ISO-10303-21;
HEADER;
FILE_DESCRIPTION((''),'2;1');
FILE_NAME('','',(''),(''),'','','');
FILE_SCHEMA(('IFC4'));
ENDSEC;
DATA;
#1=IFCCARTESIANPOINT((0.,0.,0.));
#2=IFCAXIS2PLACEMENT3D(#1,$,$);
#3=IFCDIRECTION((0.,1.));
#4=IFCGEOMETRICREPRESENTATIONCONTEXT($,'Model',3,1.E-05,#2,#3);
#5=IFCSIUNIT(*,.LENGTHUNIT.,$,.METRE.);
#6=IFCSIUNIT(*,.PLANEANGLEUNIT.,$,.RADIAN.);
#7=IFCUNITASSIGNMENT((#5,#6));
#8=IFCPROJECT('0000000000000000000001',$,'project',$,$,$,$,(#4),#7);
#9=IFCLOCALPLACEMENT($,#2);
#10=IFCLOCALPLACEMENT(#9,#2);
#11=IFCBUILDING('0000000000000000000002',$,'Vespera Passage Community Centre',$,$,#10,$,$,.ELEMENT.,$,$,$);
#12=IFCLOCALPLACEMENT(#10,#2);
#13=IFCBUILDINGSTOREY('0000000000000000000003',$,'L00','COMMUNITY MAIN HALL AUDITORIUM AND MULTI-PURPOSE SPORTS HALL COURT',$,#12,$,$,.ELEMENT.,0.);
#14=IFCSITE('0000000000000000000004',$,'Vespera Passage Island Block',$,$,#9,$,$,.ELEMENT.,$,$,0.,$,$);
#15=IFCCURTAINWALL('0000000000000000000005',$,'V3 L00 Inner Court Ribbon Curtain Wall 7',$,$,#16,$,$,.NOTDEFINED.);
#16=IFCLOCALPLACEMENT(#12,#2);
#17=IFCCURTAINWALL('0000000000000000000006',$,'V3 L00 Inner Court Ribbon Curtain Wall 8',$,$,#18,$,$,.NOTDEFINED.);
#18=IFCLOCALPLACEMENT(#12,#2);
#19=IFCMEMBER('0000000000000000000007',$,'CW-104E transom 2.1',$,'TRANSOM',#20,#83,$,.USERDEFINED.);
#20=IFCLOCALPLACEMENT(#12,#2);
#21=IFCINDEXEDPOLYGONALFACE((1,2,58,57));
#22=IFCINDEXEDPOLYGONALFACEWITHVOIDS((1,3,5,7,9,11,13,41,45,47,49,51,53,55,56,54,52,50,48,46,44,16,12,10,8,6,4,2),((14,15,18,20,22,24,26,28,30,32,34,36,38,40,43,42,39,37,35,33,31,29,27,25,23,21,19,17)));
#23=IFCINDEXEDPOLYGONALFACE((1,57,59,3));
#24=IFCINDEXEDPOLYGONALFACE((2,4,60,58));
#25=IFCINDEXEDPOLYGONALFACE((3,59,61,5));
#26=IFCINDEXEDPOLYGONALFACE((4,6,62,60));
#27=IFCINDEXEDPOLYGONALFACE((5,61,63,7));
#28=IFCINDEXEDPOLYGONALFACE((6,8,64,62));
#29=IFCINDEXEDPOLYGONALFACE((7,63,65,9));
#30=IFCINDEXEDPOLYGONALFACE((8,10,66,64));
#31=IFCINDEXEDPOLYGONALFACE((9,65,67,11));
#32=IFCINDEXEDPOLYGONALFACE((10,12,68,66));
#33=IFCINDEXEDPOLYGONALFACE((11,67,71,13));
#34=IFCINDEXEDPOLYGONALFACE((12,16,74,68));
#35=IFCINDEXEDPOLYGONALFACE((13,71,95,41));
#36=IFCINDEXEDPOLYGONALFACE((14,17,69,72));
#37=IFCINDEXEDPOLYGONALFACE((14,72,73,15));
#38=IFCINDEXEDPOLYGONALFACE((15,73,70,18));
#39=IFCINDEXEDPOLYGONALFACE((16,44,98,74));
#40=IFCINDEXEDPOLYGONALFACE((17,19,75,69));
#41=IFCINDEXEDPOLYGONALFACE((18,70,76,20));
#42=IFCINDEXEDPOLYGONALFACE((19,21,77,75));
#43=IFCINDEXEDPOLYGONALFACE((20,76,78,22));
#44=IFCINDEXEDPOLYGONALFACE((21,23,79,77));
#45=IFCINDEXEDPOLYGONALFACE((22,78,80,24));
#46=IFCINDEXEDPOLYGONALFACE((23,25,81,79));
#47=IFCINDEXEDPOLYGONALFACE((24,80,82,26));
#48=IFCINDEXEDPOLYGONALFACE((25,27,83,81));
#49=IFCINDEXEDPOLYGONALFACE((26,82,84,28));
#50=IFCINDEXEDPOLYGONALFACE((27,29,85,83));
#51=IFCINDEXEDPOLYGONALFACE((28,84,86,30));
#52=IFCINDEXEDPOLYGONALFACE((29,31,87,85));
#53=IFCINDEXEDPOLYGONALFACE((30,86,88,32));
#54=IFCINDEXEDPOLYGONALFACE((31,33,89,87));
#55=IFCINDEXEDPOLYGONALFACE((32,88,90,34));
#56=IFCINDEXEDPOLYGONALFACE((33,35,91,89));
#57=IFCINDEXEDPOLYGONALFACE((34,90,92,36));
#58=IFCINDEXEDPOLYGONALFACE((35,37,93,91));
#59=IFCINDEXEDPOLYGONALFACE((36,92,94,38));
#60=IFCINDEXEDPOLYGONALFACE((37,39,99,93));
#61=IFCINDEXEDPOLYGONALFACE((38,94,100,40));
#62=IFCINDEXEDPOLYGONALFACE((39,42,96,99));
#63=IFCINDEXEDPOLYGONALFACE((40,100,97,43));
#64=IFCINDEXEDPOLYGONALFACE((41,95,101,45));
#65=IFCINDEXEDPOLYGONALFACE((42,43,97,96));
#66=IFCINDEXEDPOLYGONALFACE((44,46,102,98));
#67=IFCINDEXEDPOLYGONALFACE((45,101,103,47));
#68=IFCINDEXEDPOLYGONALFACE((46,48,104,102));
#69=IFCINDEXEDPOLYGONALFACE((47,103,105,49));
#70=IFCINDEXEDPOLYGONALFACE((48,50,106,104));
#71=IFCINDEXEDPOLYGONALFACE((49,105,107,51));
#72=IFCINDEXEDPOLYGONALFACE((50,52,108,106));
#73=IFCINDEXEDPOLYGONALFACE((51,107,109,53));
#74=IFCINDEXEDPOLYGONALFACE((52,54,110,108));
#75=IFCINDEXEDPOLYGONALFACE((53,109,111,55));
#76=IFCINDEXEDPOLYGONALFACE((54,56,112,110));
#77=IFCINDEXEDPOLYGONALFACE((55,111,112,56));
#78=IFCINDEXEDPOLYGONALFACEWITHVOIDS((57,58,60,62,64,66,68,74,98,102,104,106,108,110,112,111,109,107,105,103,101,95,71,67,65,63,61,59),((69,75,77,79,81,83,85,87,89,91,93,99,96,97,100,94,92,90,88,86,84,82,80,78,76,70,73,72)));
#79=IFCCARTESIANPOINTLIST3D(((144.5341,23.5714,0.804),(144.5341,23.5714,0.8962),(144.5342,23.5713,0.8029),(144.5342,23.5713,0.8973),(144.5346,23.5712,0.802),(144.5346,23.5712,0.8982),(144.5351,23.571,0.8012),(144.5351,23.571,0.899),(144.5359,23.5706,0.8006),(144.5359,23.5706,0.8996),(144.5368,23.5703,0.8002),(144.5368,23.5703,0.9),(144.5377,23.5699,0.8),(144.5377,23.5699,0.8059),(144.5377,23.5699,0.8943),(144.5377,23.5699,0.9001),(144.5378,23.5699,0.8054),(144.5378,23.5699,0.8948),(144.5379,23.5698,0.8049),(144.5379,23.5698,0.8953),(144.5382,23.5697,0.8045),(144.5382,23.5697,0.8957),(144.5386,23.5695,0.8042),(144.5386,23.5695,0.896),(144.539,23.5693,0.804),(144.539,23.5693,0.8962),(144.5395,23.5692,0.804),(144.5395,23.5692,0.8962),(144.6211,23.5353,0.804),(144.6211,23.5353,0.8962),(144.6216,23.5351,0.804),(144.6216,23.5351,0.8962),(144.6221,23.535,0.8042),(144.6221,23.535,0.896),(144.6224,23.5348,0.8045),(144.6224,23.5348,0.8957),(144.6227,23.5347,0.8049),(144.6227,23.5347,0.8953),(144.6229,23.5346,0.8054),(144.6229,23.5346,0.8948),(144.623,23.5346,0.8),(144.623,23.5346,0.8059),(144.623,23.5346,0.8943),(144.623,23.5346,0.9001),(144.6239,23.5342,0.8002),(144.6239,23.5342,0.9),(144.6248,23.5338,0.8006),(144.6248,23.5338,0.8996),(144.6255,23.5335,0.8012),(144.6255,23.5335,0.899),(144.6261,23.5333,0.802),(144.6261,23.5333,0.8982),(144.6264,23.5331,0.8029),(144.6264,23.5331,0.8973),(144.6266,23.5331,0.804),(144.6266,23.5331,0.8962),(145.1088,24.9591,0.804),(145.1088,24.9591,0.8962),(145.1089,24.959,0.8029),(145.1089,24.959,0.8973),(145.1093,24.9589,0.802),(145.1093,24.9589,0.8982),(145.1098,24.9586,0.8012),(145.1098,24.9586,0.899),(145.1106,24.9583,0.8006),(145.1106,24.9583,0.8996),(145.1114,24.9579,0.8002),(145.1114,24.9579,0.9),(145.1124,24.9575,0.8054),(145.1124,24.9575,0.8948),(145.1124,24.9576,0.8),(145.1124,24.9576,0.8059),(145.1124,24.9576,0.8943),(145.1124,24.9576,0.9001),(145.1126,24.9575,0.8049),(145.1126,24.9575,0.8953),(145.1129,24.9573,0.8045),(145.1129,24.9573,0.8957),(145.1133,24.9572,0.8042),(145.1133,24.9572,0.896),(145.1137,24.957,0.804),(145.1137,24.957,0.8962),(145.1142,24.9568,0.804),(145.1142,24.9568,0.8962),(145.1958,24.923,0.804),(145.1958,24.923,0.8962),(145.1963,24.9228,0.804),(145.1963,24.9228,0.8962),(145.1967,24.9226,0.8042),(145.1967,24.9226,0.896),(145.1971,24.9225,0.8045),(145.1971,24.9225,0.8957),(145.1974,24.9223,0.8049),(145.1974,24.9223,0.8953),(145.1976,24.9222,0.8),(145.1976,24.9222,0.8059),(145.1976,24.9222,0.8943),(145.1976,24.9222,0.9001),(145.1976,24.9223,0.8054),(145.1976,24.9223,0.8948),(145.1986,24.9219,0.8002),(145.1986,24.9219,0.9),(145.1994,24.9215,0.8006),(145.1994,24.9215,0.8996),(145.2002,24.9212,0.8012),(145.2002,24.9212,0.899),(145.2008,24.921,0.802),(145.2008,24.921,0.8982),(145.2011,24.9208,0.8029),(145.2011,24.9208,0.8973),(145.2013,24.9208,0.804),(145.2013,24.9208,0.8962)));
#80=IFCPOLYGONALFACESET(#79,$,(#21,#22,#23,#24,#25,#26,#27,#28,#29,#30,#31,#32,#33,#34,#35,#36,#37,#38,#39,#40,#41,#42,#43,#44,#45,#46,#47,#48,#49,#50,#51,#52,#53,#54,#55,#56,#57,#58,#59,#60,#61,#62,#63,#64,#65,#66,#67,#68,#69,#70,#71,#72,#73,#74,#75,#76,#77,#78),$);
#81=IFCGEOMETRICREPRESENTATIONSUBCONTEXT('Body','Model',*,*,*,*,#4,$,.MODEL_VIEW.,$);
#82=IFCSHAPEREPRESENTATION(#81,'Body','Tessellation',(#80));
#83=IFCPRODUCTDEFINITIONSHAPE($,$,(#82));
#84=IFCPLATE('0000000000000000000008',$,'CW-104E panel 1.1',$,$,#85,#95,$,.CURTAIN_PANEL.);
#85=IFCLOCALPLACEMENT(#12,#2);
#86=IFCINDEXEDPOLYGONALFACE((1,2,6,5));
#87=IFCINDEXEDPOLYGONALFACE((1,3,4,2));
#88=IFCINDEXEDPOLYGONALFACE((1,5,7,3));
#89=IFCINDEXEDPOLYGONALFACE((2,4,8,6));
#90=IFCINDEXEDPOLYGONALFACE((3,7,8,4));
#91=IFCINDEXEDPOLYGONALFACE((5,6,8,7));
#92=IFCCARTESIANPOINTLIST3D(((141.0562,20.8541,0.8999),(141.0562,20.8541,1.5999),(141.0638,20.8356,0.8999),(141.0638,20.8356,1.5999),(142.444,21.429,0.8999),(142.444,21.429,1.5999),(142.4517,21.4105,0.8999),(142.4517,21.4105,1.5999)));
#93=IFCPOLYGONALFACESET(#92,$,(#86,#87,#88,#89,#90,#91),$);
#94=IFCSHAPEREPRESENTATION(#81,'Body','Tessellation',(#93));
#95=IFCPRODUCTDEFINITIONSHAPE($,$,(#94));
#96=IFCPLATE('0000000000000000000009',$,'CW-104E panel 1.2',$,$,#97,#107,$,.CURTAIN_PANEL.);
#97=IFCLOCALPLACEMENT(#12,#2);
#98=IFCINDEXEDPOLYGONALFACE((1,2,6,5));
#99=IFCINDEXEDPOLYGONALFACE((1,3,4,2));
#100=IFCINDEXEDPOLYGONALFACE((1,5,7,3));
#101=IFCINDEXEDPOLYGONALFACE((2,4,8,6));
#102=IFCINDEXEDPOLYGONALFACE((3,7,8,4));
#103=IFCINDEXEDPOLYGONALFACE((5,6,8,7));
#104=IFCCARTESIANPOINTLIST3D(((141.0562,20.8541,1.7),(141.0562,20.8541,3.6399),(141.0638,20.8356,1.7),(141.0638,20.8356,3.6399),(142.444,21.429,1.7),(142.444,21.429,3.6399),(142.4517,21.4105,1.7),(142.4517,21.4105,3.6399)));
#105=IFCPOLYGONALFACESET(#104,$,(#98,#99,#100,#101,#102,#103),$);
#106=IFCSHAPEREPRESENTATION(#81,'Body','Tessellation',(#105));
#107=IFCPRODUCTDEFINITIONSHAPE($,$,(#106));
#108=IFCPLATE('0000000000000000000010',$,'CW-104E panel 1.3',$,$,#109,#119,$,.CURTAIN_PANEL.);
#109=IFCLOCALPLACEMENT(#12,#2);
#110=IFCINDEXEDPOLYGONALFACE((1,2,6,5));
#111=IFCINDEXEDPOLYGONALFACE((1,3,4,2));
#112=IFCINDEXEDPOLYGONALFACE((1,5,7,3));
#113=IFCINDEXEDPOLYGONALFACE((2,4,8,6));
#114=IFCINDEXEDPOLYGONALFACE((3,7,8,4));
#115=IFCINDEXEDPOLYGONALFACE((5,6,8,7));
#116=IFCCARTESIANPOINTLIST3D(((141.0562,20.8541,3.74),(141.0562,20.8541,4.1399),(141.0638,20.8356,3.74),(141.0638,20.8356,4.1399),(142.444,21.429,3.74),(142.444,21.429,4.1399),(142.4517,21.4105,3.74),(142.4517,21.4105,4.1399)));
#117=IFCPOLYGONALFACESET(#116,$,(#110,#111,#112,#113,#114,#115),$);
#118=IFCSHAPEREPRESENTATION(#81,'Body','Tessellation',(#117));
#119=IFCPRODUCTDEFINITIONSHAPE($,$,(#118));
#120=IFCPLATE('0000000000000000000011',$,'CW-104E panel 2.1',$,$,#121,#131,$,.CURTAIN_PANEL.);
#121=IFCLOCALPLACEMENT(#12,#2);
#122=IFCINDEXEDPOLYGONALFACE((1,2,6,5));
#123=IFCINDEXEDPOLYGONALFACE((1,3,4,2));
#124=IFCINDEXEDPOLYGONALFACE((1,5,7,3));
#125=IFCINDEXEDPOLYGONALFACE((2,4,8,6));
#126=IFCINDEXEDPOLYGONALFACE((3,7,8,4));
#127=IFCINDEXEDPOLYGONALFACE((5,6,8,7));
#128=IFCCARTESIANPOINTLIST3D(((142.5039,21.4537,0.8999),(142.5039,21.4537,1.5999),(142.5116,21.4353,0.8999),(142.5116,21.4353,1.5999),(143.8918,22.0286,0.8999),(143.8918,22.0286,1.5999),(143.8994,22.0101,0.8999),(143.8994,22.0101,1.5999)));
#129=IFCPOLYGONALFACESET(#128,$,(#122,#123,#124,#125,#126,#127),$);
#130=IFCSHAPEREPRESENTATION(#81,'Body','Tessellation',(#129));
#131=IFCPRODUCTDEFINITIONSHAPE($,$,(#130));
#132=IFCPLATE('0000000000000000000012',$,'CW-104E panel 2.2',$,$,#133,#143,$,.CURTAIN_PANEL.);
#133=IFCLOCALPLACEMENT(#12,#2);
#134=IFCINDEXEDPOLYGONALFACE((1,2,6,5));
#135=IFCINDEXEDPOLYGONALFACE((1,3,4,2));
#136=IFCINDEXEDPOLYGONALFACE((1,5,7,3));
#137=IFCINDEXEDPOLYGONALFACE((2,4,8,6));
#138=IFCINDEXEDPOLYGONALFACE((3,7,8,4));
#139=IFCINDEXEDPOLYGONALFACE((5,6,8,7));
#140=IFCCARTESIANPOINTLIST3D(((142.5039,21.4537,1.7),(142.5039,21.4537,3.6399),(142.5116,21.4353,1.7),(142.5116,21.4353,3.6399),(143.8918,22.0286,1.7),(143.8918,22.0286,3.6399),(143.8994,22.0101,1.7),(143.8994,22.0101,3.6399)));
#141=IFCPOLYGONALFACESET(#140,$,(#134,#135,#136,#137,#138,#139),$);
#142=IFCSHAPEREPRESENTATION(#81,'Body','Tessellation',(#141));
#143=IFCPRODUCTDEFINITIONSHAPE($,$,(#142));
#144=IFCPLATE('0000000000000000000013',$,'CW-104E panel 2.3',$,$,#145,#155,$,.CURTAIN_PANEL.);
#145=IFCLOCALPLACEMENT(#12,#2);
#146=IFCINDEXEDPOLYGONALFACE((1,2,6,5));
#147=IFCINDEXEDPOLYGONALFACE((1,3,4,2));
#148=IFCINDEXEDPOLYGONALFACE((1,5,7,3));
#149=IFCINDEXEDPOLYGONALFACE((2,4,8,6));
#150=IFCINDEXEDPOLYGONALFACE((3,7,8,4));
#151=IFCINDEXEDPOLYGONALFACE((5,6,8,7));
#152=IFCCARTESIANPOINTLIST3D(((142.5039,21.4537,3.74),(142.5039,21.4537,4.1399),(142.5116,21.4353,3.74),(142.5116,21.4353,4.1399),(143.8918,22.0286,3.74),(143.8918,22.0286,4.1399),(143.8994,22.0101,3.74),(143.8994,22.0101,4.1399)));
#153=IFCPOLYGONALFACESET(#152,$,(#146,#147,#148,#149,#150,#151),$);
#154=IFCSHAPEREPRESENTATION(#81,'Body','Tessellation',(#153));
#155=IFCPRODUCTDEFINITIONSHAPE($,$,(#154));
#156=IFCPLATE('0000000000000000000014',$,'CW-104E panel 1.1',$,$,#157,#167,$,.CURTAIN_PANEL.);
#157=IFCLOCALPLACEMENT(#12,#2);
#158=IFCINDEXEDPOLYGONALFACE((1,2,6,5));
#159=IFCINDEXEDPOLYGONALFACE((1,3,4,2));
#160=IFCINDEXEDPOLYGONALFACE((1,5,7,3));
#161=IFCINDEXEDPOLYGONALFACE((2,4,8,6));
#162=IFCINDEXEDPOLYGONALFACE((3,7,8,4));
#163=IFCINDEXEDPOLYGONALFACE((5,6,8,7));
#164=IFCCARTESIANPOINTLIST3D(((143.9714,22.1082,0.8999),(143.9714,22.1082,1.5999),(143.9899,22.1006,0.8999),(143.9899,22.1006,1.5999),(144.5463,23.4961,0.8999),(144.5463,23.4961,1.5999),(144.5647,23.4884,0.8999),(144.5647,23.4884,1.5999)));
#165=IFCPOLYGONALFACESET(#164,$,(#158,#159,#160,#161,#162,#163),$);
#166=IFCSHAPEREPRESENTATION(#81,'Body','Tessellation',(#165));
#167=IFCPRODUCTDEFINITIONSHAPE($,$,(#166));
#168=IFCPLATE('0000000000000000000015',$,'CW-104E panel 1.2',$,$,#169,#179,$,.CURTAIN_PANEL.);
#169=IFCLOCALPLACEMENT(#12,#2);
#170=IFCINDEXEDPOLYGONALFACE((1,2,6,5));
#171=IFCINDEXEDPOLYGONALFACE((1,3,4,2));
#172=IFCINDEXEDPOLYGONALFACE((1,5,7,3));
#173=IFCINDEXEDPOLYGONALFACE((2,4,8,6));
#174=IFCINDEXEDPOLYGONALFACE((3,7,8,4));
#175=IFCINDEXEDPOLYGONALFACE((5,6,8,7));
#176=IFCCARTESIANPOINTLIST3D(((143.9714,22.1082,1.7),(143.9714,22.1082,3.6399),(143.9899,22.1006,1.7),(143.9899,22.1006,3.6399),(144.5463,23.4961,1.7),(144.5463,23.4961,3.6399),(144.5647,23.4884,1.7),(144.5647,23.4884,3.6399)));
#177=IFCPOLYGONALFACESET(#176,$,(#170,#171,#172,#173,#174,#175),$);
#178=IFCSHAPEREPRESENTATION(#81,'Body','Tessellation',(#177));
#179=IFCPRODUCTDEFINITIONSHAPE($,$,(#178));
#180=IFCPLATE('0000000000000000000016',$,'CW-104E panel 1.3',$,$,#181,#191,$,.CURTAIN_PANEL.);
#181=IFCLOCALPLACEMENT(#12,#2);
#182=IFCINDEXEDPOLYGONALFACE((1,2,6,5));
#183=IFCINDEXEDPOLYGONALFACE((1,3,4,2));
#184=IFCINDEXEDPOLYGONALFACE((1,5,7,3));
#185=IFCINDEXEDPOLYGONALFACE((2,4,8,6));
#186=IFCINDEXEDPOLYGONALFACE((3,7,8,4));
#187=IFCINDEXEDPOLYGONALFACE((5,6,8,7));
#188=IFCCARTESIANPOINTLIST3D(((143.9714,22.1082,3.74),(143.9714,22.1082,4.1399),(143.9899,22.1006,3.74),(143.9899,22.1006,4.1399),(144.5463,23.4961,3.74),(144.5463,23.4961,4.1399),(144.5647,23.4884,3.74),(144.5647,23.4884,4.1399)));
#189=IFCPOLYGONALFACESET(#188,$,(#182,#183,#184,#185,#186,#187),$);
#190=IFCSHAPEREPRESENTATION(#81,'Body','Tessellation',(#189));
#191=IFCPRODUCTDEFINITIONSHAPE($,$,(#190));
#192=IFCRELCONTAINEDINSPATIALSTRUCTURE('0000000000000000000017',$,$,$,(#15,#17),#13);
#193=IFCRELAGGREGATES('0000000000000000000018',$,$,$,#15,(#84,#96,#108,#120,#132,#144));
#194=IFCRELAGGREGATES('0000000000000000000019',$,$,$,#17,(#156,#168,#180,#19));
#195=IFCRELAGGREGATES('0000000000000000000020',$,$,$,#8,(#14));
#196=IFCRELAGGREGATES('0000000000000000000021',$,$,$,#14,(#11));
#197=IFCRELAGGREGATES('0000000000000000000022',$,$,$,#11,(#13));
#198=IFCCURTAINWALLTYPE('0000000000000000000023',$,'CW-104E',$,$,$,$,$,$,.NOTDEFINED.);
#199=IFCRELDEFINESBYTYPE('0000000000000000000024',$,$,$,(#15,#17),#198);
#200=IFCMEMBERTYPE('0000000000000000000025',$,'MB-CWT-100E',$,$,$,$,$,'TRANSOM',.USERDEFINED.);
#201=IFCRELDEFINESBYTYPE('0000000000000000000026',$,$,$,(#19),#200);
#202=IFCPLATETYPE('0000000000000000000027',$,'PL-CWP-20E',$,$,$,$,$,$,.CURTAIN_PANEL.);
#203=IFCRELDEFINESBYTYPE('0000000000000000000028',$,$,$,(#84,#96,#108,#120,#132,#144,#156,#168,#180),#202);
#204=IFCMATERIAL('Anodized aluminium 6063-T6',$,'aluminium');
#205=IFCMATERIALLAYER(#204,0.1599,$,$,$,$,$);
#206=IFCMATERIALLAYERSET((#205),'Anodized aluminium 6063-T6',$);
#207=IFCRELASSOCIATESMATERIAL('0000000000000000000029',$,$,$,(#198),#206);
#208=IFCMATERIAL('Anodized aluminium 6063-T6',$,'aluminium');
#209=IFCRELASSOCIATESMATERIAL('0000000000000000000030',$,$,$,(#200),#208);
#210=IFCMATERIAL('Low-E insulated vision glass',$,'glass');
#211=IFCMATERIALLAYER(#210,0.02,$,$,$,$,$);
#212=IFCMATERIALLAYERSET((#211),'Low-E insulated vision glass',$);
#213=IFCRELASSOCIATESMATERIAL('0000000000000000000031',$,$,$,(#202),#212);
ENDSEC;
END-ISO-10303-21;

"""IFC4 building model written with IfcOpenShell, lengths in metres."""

from ifc_helpers import new_model, si_unit, direction, frame, origin, origin_2d, place, context, subcontext, project, spatial, rectangle, hollow_rectangle, extrude, material, layer, layer_set, material_profile, profile_set, type_object, element, aggregate, save


model = new_model("IFC4")

# Units and contexts
model_context = context("Model", 3, precision=1e-05, world=origin(), true_north=direction((0.0, 1.0)))
body_context = subcontext(model_context, "Body", "Model", "MODEL_VIEW")
ifc_project = project(units=[si_unit("LENGTHUNIT", "METRE"), si_unit("PLANEANGLEUNIT", "RADIAN")], contexts=[model_context])

# Site, building, storey
site_placement = place(None, origin())
site = spatial("IfcSite", under=ifc_project, at=site_placement, Name="Vespera Passage Island Block", CompositionType="ELEMENT", RefElevation=0.0)
building_placement = place(site_placement, origin())
building = spatial("IfcBuilding", under=site, at=building_placement, Name="Vespera Passage Community Centre", CompositionType="ELEMENT")
storey_placement = place(building_placement, origin())
storey = spatial("IfcBuildingStorey", under=building, at=storey_placement, Name="L00", Description="COMMUNITY MAIN HALL AUDITORIUM AND MULTI-PURPOSE SPORTS HALL COURT", CompositionType="ELEMENT", Elevation=0.0)

# Curtain walls
ifc_material_1 = material(Name="Anodized aluminium 6063-T6", Category="aluminium")
ifc_layer_1 = layer(ifc_material_1, 0.1599)
ifc_layer_set_1 = layer_set([ifc_layer_1], Name="Anodized aluminium 6063-T6")
curtain_wall_type = type_object("IfcCurtainWallType", Name="CW-104E", PredefinedType="NOTDEFINED", material=ifc_layer_set_1)
curtain_wall_1_placement = place(storey_placement, origin())
curtain_wall_1 = element("IfcCurtainWall", 1, at=curtain_wall_1_placement, inside=storey, type_object=curtain_wall_type, Name="V3 L00 Inner Court Ribbon Curtain Wall 7", PredefinedType="NOTDEFINED")
curtain_wall_2_placement = place(storey_placement, origin())
curtain_wall_2 = element("IfcCurtainWall", 2, at=curtain_wall_2_placement, inside=storey, type_object=curtain_wall_type, Name="V3 L00 Inner Court Ribbon Curtain Wall 8", PredefinedType="NOTDEFINED")

# Member
ifc_material_2 = material(Name="Anodized aluminium 6063-T6", Category="aluminium")
ifc_material_profile_1 = material_profile(ifc_material_2, hollow_rectangle(XDim=0.1001, YDim=0.1001, WallThickness=0.0039, InnerFilletRadius=0.002, OuterFilletRadius=0.0039, at=origin_2d()), Name="ALU100X100X4")
ifc_profile_set_1 = profile_set([ifc_material_profile_1], Name="Anodized aluminium 6063-T6")
member_type_1 = type_object("IfcMemberType", Name="MB-CWT-100E", ElementType="TRANSOM", PredefinedType="USERDEFINED", material=ifc_profile_set_1)
member_1_placement = place(storey_placement, frame((144.5803, 23.5522, 0.8501), z_axis=(0.382629, 0.923902, 0.0), x_axis=(-0.923902, 0.382629, 0.0)))
member_1 = element("IfcMember", 3, at=member_1_placement, type_object=member_type_1, Name="CW-104E transom 2.1", ObjectType="TRANSOM", PredefinedType="USERDEFINED", context=body_context, shape_type="SweptSolid", body=[
    extrude(hollow_rectangle(XDim=0.1001, YDim=0.1001, WallThickness=0.0039, InnerFilletRadius=0.002, OuterFilletRadius=0.0039, at=origin_2d()), origin(), (0.0, 0.0, 1.0), 1.502),
])

# Plates
ifc_material_3 = material(Name="Low-E insulated vision glass", Category="glass")
ifc_layer_2 = layer(ifc_material_3, 0.02)
ifc_layer_set_2 = layer_set([ifc_layer_2], Name="Low-E insulated vision glass")
plate_type = type_object("IfcPlateType", Name="PL-CWP-20E", PredefinedType="CURTAIN_PANEL", material=ifc_layer_set_2)
plate_1_placement = place(storey_placement, frame((141.7539, 21.1323, 0.8999), z_axis=(0.0, 0.0, 1.0), x_axis=(0.923879, 0.382686, 0.0)))
plate_1 = element("IfcPlate", 4, at=plate_1_placement, type_object=plate_type, Name="CW-104E panel 1.1", PredefinedType="CURTAIN_PANEL", context=body_context, shape_type="SweptSolid", body=[
    extrude(rectangle(XDim=1.5022, YDim=0.02, at=origin_2d()), origin(), (0.0, 0.0, 1.0), 0.7),
])
plate_2_placement = place(storey_placement, frame((141.7539, 21.1323, 1.7), z_axis=(0.0, 0.0, 1.0), x_axis=(0.923879, 0.382686, 0.0)))
plate_2 = element("IfcPlate", 5, at=plate_2_placement, type_object=plate_type, Name="CW-104E panel 1.2", PredefinedType="CURTAIN_PANEL", context=body_context, shape_type="SweptSolid", body=[
    extrude(rectangle(XDim=1.5022, YDim=0.02, at=origin_2d()), origin(), (0.0, 0.0, 1.0), 1.9399),
])
plate_3_placement = place(storey_placement, frame((141.7539, 21.1323, 3.74), z_axis=(0.0, 0.0, 1.0), x_axis=(0.923879, 0.382686, 0.0)))
plate_3 = element("IfcPlate", 6, at=plate_3_placement, type_object=plate_type, Name="CW-104E panel 1.3", PredefinedType="CURTAIN_PANEL", context=body_context, shape_type="SweptSolid", body=[
    extrude(rectangle(XDim=1.5022, YDim=0.02, at=origin_2d()), origin(), (0.0, 0.0, 1.0), 0.3999),
])
plate_4_placement = place(storey_placement, frame((143.2017, 21.7319, 0.8999), z_axis=(0.0, 0.0, 1.0), x_axis=(0.923879, 0.382686, 0.0)))
plate_4 = element("IfcPlate", 7, at=plate_4_placement, type_object=plate_type, Name="CW-104E panel 2.1", PredefinedType="CURTAIN_PANEL", context=body_context, shape_type="SweptSolid", body=[
    extrude(rectangle(XDim=1.5022, YDim=0.02, at=origin_2d()), origin(), (0.0, 0.0, 1.0), 0.7),
])
plate_5_placement = place(storey_placement, frame((143.2017, 21.7319, 1.7), z_axis=(0.0, 0.0, 1.0), x_axis=(0.923879, 0.382686, 0.0)))
plate_5 = element("IfcPlate", 8, at=plate_5_placement, type_object=plate_type, Name="CW-104E panel 2.2", PredefinedType="CURTAIN_PANEL", context=body_context, shape_type="SweptSolid", body=[
    extrude(rectangle(XDim=1.5022, YDim=0.02, at=origin_2d()), origin(), (0.0, 0.0, 1.0), 1.9399),
])
plate_6_placement = place(storey_placement, frame((143.2017, 21.7319, 3.74), z_axis=(0.0, 0.0, 1.0), x_axis=(0.923879, 0.382686, 0.0)))
plate_6 = element("IfcPlate", 9, at=plate_6_placement, type_object=plate_type, Name="CW-104E panel 2.3", PredefinedType="CURTAIN_PANEL", context=body_context, shape_type="SweptSolid", body=[
    extrude(rectangle(XDim=1.5022, YDim=0.02, at=origin_2d()), origin(), (0.0, 0.0, 1.0), 0.3999),
])
aggregate(curtain_wall_1, [plate_1, plate_2, plate_3, plate_4, plate_5, plate_6])
plate_7_placement = place(storey_placement, frame((144.2681, 22.7983, 0.8999), z_axis=(0.0, 0.0, 1.0), x_axis=(0.382686, 0.923879, 0.0)))
plate_7 = element("IfcPlate", 10, at=plate_7_placement, type_object=plate_type, Name="CW-104E panel 1.1", PredefinedType="CURTAIN_PANEL", context=body_context, shape_type="SweptSolid", body=[
    extrude(rectangle(XDim=1.5022, YDim=0.02, at=origin_2d()), origin(), (0.0, 0.0, 1.0), 0.7),
])
plate_8_placement = place(storey_placement, frame((144.2681, 22.7983, 1.7), z_axis=(0.0, 0.0, 1.0), x_axis=(0.382686, 0.923879, 0.0)))
plate_8 = element("IfcPlate", 11, at=plate_8_placement, type_object=plate_type, Name="CW-104E panel 1.2", PredefinedType="CURTAIN_PANEL", context=body_context, shape_type="SweptSolid", body=[
    extrude(rectangle(XDim=1.5022, YDim=0.02, at=origin_2d()), origin(), (0.0, 0.0, 1.0), 1.9399),
])
plate_9_placement = place(storey_placement, frame((144.2681, 22.7983, 3.74), z_axis=(0.0, 0.0, 1.0), x_axis=(0.382686, 0.923879, 0.0)))
plate_9 = element("IfcPlate", 12, at=plate_9_placement, type_object=plate_type, Name="CW-104E panel 1.3", PredefinedType="CURTAIN_PANEL", context=body_context, shape_type="SweptSolid", body=[
    extrude(rectangle(XDim=1.5022, YDim=0.02, at=origin_2d()), origin(), (0.0, 0.0, 1.0), 0.3999),
])
aggregate(curtain_wall_2, [plate_7, plate_8, plate_9, member_1])

save(model, "model.ifc")
